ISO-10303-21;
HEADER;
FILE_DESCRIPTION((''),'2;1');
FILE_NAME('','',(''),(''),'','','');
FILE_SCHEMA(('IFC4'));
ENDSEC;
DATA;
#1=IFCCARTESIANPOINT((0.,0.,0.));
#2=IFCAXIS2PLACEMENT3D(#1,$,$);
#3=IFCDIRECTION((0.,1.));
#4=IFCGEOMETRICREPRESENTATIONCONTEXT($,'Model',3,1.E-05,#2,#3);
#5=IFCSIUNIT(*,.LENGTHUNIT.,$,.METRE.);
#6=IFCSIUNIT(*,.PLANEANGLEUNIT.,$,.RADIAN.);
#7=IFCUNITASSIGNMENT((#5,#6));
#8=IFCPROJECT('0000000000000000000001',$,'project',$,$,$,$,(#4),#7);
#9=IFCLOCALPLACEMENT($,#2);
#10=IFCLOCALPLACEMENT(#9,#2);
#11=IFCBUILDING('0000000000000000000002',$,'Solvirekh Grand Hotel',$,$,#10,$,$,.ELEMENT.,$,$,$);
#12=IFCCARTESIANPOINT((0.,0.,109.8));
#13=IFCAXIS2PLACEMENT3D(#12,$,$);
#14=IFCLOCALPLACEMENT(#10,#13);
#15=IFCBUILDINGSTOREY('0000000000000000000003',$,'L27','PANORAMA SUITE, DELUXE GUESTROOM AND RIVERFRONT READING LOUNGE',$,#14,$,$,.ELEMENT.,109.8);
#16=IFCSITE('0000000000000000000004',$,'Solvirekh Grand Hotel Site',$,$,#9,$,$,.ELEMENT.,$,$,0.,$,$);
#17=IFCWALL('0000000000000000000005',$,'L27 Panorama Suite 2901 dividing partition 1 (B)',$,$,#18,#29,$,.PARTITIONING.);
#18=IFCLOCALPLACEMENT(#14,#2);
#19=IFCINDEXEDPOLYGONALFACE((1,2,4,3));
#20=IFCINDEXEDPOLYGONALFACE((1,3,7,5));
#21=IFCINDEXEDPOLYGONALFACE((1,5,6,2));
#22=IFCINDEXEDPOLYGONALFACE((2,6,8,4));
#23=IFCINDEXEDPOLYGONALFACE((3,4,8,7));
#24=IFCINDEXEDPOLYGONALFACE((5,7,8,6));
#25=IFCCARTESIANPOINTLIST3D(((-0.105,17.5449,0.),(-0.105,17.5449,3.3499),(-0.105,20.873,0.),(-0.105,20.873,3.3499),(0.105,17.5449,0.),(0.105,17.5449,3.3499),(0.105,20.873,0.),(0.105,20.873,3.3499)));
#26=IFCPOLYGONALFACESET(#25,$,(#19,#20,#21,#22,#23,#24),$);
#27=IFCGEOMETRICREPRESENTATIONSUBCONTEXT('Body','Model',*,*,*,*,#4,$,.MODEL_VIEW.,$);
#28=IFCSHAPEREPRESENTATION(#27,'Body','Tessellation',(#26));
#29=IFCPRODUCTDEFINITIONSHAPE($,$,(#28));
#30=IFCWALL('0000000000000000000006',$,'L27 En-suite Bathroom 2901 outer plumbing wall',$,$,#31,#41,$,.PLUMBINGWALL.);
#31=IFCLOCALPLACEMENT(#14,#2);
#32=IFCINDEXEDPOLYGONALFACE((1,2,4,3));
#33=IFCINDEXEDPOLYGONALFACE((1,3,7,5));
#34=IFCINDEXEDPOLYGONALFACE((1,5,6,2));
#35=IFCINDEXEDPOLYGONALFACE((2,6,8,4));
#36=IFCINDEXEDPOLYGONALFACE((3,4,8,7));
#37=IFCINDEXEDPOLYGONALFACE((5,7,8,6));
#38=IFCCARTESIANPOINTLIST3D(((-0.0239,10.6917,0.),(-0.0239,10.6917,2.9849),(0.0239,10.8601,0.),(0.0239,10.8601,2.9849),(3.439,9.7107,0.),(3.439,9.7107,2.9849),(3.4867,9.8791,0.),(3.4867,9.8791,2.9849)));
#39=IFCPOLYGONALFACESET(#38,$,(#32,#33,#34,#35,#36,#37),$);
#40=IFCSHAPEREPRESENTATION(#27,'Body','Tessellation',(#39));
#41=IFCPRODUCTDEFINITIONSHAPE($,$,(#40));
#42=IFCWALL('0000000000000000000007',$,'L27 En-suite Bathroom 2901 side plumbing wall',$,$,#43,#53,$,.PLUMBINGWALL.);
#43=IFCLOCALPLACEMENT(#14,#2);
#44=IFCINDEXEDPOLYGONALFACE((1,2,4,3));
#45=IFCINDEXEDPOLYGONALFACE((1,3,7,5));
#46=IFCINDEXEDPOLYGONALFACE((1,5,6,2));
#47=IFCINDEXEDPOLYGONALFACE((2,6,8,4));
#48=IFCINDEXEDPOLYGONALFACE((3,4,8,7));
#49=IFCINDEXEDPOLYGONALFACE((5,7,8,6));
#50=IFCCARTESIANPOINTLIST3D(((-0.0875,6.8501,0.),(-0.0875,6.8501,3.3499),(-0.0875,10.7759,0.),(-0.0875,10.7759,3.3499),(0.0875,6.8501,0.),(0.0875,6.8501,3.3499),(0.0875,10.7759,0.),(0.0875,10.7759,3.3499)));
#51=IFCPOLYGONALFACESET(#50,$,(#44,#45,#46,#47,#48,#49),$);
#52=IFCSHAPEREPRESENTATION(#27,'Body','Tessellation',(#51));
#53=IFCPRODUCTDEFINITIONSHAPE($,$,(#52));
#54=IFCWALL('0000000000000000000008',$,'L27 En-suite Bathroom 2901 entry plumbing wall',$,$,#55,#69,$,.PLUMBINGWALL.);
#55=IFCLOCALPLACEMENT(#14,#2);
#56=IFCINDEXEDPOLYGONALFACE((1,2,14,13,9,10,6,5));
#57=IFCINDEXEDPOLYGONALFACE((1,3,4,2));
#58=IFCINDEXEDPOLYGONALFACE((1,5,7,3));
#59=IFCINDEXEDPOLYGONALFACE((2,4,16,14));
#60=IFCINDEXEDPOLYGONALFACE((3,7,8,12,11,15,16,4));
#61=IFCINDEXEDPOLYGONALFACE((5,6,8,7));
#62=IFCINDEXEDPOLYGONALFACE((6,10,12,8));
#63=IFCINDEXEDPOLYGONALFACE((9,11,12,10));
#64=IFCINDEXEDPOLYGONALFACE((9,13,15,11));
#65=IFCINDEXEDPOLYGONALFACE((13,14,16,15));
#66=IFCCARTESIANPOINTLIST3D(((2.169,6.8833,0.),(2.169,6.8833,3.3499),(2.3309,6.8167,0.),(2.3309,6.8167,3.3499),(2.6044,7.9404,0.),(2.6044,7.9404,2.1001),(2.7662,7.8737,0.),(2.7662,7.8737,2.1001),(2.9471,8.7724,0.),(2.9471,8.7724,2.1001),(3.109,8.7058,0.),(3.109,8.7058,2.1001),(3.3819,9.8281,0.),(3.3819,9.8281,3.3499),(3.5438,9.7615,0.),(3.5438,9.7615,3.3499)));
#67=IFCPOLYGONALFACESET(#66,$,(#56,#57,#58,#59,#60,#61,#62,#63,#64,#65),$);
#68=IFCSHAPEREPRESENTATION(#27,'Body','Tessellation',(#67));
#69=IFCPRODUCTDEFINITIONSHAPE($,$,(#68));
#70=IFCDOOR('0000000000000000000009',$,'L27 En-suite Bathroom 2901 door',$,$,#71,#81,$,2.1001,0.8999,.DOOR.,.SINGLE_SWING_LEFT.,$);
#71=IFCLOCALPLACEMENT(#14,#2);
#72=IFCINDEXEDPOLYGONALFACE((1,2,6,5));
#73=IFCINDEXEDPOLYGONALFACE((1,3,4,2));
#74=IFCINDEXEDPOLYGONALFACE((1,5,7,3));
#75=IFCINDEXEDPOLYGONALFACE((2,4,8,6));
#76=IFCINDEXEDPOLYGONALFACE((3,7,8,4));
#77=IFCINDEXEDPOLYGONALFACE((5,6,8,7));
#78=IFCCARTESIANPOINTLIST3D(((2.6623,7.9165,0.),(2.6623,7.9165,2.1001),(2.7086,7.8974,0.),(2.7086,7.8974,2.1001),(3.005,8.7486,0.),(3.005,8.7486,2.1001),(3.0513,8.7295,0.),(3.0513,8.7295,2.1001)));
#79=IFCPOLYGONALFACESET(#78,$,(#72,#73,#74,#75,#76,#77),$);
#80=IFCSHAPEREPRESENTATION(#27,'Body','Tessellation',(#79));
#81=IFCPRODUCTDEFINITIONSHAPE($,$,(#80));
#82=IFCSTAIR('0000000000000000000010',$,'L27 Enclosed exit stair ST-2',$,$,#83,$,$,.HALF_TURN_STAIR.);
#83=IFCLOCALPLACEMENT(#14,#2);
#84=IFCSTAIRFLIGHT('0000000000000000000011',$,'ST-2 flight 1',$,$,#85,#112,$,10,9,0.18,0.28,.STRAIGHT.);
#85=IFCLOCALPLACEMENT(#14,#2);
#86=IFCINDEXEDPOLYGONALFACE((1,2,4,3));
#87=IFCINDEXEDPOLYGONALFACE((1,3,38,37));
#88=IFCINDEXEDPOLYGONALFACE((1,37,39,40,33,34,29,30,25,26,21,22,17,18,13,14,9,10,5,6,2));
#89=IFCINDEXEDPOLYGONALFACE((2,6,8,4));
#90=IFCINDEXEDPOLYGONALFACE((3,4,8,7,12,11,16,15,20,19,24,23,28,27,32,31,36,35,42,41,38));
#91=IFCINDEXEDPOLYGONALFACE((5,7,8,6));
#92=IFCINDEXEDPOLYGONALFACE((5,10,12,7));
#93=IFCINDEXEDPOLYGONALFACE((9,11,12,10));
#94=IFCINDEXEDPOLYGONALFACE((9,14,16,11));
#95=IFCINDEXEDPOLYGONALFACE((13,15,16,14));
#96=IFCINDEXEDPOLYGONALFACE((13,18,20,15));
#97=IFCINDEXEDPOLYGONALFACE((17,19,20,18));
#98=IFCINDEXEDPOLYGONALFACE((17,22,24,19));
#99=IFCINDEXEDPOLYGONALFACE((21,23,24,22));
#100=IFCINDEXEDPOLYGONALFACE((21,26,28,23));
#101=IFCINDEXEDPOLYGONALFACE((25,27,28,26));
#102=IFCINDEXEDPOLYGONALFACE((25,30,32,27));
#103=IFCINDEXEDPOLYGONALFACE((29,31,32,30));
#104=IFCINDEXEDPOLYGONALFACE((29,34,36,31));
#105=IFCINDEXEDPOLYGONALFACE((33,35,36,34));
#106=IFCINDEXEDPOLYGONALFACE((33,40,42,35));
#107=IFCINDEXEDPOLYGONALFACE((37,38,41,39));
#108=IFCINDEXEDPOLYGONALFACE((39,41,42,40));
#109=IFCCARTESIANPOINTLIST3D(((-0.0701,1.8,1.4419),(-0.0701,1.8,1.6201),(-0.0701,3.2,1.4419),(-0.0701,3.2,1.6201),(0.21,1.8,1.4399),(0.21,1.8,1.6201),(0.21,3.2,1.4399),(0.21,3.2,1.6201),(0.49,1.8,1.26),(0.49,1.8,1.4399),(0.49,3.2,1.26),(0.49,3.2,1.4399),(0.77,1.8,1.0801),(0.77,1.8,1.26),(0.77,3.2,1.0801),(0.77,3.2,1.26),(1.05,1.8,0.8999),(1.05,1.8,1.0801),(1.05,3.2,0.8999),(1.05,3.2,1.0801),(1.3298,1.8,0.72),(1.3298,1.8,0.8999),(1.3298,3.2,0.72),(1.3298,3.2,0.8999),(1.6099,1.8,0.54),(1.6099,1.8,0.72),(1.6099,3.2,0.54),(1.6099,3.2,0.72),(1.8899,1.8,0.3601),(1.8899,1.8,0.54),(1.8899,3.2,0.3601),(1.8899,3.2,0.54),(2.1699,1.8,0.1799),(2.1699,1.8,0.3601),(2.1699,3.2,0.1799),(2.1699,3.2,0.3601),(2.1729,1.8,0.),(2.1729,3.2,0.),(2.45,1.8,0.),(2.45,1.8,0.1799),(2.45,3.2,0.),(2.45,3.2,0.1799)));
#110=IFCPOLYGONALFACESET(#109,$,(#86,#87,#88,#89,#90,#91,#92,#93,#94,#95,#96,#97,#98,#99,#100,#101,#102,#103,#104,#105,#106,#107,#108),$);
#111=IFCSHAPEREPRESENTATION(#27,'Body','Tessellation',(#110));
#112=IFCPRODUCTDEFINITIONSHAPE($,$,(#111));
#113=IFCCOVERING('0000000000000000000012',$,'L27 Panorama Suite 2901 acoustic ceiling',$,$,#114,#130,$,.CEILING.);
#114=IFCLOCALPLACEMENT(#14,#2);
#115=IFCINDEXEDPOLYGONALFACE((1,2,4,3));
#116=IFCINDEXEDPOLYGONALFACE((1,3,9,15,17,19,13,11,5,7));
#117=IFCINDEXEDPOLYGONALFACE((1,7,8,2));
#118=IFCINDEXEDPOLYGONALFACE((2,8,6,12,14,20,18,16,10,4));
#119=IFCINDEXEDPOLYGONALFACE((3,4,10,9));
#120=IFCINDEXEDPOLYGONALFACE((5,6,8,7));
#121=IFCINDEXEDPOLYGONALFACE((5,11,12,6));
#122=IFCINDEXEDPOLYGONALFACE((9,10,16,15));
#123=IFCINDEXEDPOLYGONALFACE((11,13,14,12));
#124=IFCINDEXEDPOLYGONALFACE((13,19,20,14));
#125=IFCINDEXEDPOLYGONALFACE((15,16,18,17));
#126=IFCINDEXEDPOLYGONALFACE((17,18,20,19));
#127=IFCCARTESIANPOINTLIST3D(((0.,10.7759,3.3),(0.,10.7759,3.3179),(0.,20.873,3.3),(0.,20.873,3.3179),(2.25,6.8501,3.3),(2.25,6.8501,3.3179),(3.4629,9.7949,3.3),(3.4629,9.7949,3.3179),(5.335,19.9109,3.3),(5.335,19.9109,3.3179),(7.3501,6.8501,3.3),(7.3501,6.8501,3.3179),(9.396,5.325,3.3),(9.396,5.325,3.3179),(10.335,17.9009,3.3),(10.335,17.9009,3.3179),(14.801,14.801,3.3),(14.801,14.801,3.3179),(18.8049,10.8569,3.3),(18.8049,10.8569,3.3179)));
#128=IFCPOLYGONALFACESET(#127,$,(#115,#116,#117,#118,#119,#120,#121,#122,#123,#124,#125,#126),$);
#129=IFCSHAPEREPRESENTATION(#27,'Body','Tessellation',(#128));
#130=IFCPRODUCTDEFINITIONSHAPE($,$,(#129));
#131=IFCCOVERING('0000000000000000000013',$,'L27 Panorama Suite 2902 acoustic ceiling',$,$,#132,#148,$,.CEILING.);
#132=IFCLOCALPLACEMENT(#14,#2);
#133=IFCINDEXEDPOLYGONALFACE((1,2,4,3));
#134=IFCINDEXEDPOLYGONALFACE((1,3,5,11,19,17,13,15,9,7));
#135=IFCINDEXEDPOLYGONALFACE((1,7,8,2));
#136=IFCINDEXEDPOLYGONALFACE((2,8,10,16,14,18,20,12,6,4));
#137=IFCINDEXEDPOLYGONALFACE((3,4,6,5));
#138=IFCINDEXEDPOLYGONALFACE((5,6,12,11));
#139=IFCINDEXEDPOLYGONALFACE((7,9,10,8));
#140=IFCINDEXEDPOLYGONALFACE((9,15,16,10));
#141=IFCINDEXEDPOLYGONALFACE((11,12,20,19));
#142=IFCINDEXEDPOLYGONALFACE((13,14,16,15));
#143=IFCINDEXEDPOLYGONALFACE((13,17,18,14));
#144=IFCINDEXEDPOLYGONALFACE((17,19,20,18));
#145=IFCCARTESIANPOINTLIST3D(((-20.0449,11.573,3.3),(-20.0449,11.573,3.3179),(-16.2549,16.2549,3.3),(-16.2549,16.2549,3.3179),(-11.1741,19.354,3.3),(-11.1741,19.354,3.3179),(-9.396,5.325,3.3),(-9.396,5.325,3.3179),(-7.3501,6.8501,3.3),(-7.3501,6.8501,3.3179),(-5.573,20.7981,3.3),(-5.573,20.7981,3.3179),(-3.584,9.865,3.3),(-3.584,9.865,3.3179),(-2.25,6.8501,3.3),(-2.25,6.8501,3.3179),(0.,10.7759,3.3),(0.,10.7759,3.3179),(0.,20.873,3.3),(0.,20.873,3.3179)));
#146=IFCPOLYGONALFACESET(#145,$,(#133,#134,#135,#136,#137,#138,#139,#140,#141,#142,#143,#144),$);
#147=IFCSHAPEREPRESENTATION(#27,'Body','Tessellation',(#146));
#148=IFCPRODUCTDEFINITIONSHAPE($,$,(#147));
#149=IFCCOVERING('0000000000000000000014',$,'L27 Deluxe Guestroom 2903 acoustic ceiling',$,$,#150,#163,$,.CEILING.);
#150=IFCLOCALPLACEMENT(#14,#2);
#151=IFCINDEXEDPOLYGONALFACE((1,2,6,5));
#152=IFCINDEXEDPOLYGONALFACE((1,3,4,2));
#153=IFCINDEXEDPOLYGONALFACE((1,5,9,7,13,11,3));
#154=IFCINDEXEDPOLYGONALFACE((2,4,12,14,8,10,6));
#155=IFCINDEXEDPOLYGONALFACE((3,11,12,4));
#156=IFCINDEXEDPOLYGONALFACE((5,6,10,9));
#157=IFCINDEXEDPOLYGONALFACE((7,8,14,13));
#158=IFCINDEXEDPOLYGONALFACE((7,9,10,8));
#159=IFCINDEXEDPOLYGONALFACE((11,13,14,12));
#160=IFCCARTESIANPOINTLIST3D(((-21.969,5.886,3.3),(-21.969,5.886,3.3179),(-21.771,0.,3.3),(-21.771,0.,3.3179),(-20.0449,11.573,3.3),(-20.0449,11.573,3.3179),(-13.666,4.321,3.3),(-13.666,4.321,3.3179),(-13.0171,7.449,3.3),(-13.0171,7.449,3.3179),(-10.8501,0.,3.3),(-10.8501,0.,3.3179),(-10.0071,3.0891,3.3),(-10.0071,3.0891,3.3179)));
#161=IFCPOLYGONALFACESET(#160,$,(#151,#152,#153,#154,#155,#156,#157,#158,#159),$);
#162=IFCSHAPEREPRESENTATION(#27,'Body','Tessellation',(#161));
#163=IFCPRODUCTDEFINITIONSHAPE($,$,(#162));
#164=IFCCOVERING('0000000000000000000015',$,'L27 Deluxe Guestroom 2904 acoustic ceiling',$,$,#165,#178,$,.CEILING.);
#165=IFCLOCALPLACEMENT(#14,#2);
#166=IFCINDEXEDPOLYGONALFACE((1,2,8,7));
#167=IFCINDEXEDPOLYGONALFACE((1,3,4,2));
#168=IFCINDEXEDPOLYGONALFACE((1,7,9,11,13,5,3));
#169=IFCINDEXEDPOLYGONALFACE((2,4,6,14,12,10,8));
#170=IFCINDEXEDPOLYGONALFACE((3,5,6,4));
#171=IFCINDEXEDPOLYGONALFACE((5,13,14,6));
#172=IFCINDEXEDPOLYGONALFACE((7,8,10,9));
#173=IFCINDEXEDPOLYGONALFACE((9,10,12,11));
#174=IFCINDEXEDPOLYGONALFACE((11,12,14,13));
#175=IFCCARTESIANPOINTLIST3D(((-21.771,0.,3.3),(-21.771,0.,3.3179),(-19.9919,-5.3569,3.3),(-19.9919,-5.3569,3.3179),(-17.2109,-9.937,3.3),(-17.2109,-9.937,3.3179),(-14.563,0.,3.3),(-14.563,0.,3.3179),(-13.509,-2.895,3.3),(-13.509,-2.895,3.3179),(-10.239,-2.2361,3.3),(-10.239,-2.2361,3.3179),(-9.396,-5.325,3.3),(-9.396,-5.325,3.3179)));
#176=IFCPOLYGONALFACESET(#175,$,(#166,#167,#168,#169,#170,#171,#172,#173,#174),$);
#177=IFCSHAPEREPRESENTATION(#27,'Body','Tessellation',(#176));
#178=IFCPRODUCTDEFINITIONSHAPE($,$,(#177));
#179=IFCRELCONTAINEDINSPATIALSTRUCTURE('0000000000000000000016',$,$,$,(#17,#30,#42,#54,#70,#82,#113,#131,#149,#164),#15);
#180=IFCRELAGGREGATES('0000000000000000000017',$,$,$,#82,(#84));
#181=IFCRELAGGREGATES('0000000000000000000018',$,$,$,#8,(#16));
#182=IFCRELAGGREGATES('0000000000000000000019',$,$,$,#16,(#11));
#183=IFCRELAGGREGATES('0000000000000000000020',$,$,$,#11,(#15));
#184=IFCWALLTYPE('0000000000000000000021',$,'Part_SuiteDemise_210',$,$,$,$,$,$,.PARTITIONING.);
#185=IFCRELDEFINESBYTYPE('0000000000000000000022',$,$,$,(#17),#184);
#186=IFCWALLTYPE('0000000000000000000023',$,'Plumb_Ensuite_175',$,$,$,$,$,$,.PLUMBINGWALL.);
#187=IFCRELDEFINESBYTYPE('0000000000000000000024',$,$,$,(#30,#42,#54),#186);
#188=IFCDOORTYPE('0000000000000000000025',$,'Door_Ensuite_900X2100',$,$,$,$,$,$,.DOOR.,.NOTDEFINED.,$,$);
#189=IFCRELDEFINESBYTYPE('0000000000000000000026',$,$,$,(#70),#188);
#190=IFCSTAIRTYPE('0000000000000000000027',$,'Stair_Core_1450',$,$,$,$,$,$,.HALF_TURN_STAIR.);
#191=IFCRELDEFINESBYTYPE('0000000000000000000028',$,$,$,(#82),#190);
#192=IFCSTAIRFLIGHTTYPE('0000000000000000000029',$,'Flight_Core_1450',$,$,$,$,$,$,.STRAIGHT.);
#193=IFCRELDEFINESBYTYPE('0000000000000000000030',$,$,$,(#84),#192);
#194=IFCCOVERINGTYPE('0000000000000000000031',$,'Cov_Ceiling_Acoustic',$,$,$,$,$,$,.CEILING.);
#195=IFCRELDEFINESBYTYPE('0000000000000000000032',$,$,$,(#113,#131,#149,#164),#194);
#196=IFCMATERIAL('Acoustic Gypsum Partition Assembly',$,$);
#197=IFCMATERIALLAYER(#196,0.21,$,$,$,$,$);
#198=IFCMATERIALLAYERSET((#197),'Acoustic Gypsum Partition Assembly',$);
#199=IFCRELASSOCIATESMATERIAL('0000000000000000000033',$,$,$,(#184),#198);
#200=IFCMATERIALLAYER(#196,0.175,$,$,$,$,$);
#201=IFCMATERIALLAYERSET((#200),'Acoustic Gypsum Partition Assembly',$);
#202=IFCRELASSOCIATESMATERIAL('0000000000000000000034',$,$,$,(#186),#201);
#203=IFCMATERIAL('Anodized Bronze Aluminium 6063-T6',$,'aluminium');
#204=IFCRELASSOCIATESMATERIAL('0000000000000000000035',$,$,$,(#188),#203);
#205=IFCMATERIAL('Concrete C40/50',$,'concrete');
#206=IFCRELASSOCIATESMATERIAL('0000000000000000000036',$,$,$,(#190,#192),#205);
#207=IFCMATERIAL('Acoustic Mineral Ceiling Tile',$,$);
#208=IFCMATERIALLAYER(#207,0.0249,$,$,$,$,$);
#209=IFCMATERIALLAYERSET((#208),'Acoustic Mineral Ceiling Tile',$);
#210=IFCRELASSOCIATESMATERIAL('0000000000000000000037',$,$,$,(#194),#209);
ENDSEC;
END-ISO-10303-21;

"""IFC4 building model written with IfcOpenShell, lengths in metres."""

from ifc_helpers import new_model, si_unit, direction, frame, frame_2d, origin, place, context, subcontext, project, spatial, polyline, rectangle, outline, extrude, material, layer, layer_set, type_object, element, fill, aggregate, save


model = new_model("IFC4")

# Units and contexts
model_context = context("Model", 3, precision=1e-05, world=origin(), true_north=direction((0.0, 1.0)))
body_context = subcontext(model_context, "Body", "Model", "MODEL_VIEW")
ifc_project = project(units=[si_unit("LENGTHUNIT", "METRE"), si_unit("PLANEANGLEUNIT", "RADIAN")], contexts=[model_context])

# Site, building, storey
site_placement = place(None, origin())
site = spatial("IfcSite", under=ifc_project, at=site_placement, Name="Solvirekh Grand Hotel Site", CompositionType="ELEMENT", RefElevation=0.0)
building_placement = place(site_placement, origin())
building = spatial("IfcBuilding", under=site, at=building_placement, Name="Solvirekh Grand Hotel", CompositionType="ELEMENT")
storey_placement = place(building_placement, frame((0.0, 0.0, 109.8)))
storey = spatial("IfcBuildingStorey", under=building, at=storey_placement, Name="L27", Description="PANORAMA SUITE, DELUXE GUESTROOM AND RIVERFRONT READING LOUNGE", CompositionType="ELEMENT", Elevation=109.8)

# Shared definitions
ifc_material_1 = material(Name="Concrete C40/50", Category="concrete")

# Walls
ifc_material_2 = material(Name="Acoustic Gypsum Partition Assembly")
ifc_layer_1 = layer(ifc_material_2, 0.21)
ifc_layer_set_1 = layer_set([ifc_layer_1], Name="Acoustic Gypsum Partition Assembly")
wall_type_1 = type_object("IfcWallType", Name="Part_SuiteDemise_210", PredefinedType="PARTITIONING", material=ifc_layer_set_1)
wall_1_placement = place(storey_placement, frame((0.0, 17.5449, 0.0), z_axis=(0.0, 0.0, 1.0), x_axis=(0.0, 1.0, 0.0)))
element("IfcWall", 1, at=wall_1_placement, inside=storey, type_object=wall_type_1, Name="L27 Panorama Suite 2901 dividing partition 1 (B)", PredefinedType="PARTITIONING", context=body_context, shape_type="SweptSolid", body=[
    extrude(rectangle(XDim=3.3281, YDim=0.21, at=frame_2d((1.6641, 0.0))), origin(), (0.0, 0.0, 1.0), 3.3499),
])
ifc_layer_2 = layer(ifc_material_2, 0.175)
ifc_layer_set_2 = layer_set([ifc_layer_2], Name="Acoustic Gypsum Partition Assembly")
wall_type_2 = type_object("IfcWallType", Name="Plumb_Ensuite_175", PredefinedType="PLUMBINGWALL", material=ifc_layer_set_2)
wall_2_placement = place(storey_placement, frame((0.0, 10.7759, 0.0), z_axis=(0.0, 0.0, 1.0), x_axis=(0.962141, -0.272552, 0.0)))
element("IfcWall", 2, at=wall_2_placement, inside=storey, type_object=wall_type_2, Name="L27 En-suite Bathroom 2901 outer plumbing wall", PredefinedType="PLUMBINGWALL", context=body_context, shape_type="SweptSolid", body=[
    extrude(rectangle(XDim=3.5991, YDim=0.175, at=frame_2d((1.7996, 0.0))), origin(), (0.0, 0.0, 1.0), 2.9849),
])
wall_3_placement = place(storey_placement, frame((0.0, 10.7759, 0.0), z_axis=(0.0, 0.0, 1.0), x_axis=(0.0, -1.0, 0.0)))
element("IfcWall", 3, at=wall_3_placement, inside=storey, type_object=wall_type_2, Name="L27 En-suite Bathroom 2901 side plumbing wall", PredefinedType="PLUMBINGWALL", context=body_context, shape_type="SweptSolid", body=[
    extrude(rectangle(XDim=3.9258, YDim=0.175, at=frame_2d((1.9629, 0.0))), origin(), (0.0, 0.0, 1.0), 3.3499),
])

# Wall, opening, door
wall_4_placement = place(storey_placement, frame((2.25, 6.8501, 0.0), z_axis=(0.0, 0.0, 1.0), x_axis=(0.380835, 0.924643, 0.0)))
wall_4 = element("IfcWall", 4, at=wall_4_placement, inside=storey, type_object=wall_type_2, Name="L27 En-suite Bathroom 2901 entry plumbing wall", PredefinedType="PLUMBINGWALL", context=body_context, shape_type="SweptSolid", body=[
    extrude(rectangle(XDim=3.1848, YDim=0.175, at=frame_2d((1.5923, 0.0))), origin(), (0.0, 0.0, 1.0), 3.3499),
])
opening_1_placement = place(wall_4_placement, frame((1.1431, 0.0, 0.0)))
opening_1 = element("IfcOpeningElement", 5, at=opening_1_placement, cuts=wall_4, PredefinedType="OPENING", context=body_context, shape_type="SweptSolid", body=[
    extrude(rectangle(XDim=0.8999, YDim=2.1001, at=frame_2d((0.45, 1.05))), frame((0.0, 0.0977, 0.0), z_axis=(0.0, -1.0, 0.0), x_axis=(1.0, 0.0, 0.0)), (0.0, 0.0, 1.0), 0.1951),
])
ifc_material_3 = material(Name="Anodized Bronze Aluminium 6063-T6", Category="aluminium")
door_type = type_object("IfcDoorType", Name="Door_Ensuite_900X2100", OperationType="NOTDEFINED", PredefinedType="DOOR", material=ifc_material_3)
door_placement = place(opening_1_placement, origin())
door = element("IfcDoor", 6, at=door_placement, inside=storey, type_object=door_type, Name="L27 En-suite Bathroom 2901 door", OperationType="SINGLE_SWING_LEFT", OverallHeight=2.1001, OverallWidth=0.8999, PredefinedType="DOOR", context=body_context, shape_type="SweptSolid", body=[
    extrude(rectangle(XDim=0.8999, YDim=2.1001, at=frame_2d((0.45, 1.05))), frame((0.0, 0.0249, 0.0), z_axis=(0.0, -1.0, 0.0), x_axis=(1.0, 0.0, 0.0)), (0.0, 0.0, 1.0), 0.05),
])
fill(opening_1, door)

# Stair, stair flight
stair_type = type_object("IfcStairType", Name="Stair_Core_1450", PredefinedType="HALF_TURN_STAIR", material=ifc_material_1)
stair_placement = place(storey_placement, origin())
stair = element("IfcStair", 7, at=stair_placement, inside=storey, type_object=stair_type, Name="L27 Enclosed exit stair ST-2", PredefinedType="HALF_TURN_STAIR")
stair_flight_type = type_object("IfcStairFlightType", Name="Flight_Core_1450", PredefinedType="STRAIGHT", material=ifc_material_1)
stair_flight_placement = place(storey_placement, frame((2.45, 2.5, 0.0), z_axis=(0.0, 0.0, 1.0), x_axis=(-1.0, 0.0, 0.0)))
stair_flight = element("IfcStairFlight", 8, at=stair_flight_placement, type_object=stair_flight_type, Name="ST-2 flight 1", NumberOfRisers=10, NumberOfTreads=9, PredefinedType="STRAIGHT", RiserHeight=0.18, TreadLength=0.28, context=body_context, shape_type="SweptSolid", body=[
    extrude(outline(polyline([(0.0, 0.0), (0.0, 0.1799), (0.28, 0.1799), (0.28, 0.3601), (0.5601, 0.3601), (0.5601, 0.54), (0.8401, 0.54), (0.8401, 0.72), (1.1201, 0.72), (1.1201, 0.8999), (1.3999, 0.8999), (1.3999, 1.0801), (1.6799, 1.0801), (1.6799, 1.26), (1.96, 1.26), (1.96, 1.4399), (2.24, 1.4399), (2.24, 1.6201), (2.52, 1.6201), (2.52, 1.8), (2.52, 1.4419), (0.2771, 0.0), (0.0, 0.0)])), frame((0.0, 0.7, 0.0), z_axis=(0.0, -1.0, 0.0), x_axis=(1.0, 0.0, 0.0)), (0.0, 0.0, 1.0), 1.3999),
])
aggregate(stair, [stair_flight])

# Coverings
ifc_material_4 = material(Name="Acoustic Mineral Ceiling Tile")
ifc_layer_3 = layer(ifc_material_4, 0.0249)
ifc_layer_set_3 = layer_set([ifc_layer_3], Name="Acoustic Mineral Ceiling Tile")
covering_type_1 = type_object("IfcCoveringType", Name="Cov_Ceiling_Acoustic", PredefinedType="CEILING", material=ifc_layer_set_3)
covering_1_placement = place(storey_placement, frame((0.0, 0.0, 3.3)))
element("IfcCovering", 9, at=covering_1_placement, inside=storey, type_object=covering_type_1, Name="L27 Panorama Suite 2901 acoustic ceiling", PredefinedType="CEILING", context=body_context, shape_type="SweptSolid", body=[
    extrude(outline(polyline([(0.0, 10.7759), (3.4629, 9.7949), (2.25, 6.8501), (7.3501, 6.8501), (9.396, 5.325), (18.8049, 10.8569), (14.801, 14.801), (10.335, 17.9009), (5.335, 19.9109), (0.0, 20.873), (0.0, 10.7759)])), origin(), (0.0, 0.0, 1.0), 0.0178),
])
covering_2_placement = place(storey_placement, frame((0.0, 0.0, 3.3)))
element("IfcCovering", 10, at=covering_2_placement, inside=storey, type_object=covering_type_1, Name="L27 Panorama Suite 2902 acoustic ceiling", PredefinedType="CEILING", context=body_context, shape_type="SweptSolid", body=[
    extrude(outline(polyline([(-2.25, 6.8501), (-3.584, 9.865), (0.0, 10.7759), (0.0, 20.873), (-5.573, 20.7981), (-11.1741, 19.354), (-16.2549, 16.2549), (-20.0449, 11.573), (-9.396, 5.325), (-7.3501, 6.8501), (-2.25, 6.8501)])), origin(), (0.0, 0.0, 1.0), 0.0178),
])
covering_3_placement = place(storey_placement, frame((0.0, 0.0, 3.3)))
element("IfcCovering", 11, at=covering_3_placement, inside=storey, type_object=covering_type_1, Name="L27 Deluxe Guestroom 2903 acoustic ceiling", PredefinedType="CEILING", context=body_context, shape_type="SweptSolid", body=[
    extrude(outline(polyline([(-13.666, 4.321), (-13.0171, 7.449), (-20.0449, 11.573), (-21.969, 5.886), (-21.771, 0.0), (-10.8501, 0.0), (-10.0071, 3.0891), (-13.666, 4.321)])), origin(), (0.0, 0.0, 1.0), 0.0178),
])
covering_4_placement = place(storey_placement, frame((0.0, 0.0, 3.3)))
element("IfcCovering", 12, at=covering_4_placement, inside=storey, type_object=covering_type_1, Name="L27 Deluxe Guestroom 2904 acoustic ceiling", PredefinedType="CEILING", context=body_context, shape_type="SweptSolid", body=[
    extrude(outline(polyline([(-13.509, -2.895), (-14.563, 0.0), (-21.771, 0.0), (-19.9919, -5.3569), (-17.2109, -9.937), (-9.396, -5.325), (-10.239, -2.2361), (-13.509, -2.895)])), origin(), (0.0, 0.0, 1.0), 0.0178),
])

save(model, "model.ifc")
